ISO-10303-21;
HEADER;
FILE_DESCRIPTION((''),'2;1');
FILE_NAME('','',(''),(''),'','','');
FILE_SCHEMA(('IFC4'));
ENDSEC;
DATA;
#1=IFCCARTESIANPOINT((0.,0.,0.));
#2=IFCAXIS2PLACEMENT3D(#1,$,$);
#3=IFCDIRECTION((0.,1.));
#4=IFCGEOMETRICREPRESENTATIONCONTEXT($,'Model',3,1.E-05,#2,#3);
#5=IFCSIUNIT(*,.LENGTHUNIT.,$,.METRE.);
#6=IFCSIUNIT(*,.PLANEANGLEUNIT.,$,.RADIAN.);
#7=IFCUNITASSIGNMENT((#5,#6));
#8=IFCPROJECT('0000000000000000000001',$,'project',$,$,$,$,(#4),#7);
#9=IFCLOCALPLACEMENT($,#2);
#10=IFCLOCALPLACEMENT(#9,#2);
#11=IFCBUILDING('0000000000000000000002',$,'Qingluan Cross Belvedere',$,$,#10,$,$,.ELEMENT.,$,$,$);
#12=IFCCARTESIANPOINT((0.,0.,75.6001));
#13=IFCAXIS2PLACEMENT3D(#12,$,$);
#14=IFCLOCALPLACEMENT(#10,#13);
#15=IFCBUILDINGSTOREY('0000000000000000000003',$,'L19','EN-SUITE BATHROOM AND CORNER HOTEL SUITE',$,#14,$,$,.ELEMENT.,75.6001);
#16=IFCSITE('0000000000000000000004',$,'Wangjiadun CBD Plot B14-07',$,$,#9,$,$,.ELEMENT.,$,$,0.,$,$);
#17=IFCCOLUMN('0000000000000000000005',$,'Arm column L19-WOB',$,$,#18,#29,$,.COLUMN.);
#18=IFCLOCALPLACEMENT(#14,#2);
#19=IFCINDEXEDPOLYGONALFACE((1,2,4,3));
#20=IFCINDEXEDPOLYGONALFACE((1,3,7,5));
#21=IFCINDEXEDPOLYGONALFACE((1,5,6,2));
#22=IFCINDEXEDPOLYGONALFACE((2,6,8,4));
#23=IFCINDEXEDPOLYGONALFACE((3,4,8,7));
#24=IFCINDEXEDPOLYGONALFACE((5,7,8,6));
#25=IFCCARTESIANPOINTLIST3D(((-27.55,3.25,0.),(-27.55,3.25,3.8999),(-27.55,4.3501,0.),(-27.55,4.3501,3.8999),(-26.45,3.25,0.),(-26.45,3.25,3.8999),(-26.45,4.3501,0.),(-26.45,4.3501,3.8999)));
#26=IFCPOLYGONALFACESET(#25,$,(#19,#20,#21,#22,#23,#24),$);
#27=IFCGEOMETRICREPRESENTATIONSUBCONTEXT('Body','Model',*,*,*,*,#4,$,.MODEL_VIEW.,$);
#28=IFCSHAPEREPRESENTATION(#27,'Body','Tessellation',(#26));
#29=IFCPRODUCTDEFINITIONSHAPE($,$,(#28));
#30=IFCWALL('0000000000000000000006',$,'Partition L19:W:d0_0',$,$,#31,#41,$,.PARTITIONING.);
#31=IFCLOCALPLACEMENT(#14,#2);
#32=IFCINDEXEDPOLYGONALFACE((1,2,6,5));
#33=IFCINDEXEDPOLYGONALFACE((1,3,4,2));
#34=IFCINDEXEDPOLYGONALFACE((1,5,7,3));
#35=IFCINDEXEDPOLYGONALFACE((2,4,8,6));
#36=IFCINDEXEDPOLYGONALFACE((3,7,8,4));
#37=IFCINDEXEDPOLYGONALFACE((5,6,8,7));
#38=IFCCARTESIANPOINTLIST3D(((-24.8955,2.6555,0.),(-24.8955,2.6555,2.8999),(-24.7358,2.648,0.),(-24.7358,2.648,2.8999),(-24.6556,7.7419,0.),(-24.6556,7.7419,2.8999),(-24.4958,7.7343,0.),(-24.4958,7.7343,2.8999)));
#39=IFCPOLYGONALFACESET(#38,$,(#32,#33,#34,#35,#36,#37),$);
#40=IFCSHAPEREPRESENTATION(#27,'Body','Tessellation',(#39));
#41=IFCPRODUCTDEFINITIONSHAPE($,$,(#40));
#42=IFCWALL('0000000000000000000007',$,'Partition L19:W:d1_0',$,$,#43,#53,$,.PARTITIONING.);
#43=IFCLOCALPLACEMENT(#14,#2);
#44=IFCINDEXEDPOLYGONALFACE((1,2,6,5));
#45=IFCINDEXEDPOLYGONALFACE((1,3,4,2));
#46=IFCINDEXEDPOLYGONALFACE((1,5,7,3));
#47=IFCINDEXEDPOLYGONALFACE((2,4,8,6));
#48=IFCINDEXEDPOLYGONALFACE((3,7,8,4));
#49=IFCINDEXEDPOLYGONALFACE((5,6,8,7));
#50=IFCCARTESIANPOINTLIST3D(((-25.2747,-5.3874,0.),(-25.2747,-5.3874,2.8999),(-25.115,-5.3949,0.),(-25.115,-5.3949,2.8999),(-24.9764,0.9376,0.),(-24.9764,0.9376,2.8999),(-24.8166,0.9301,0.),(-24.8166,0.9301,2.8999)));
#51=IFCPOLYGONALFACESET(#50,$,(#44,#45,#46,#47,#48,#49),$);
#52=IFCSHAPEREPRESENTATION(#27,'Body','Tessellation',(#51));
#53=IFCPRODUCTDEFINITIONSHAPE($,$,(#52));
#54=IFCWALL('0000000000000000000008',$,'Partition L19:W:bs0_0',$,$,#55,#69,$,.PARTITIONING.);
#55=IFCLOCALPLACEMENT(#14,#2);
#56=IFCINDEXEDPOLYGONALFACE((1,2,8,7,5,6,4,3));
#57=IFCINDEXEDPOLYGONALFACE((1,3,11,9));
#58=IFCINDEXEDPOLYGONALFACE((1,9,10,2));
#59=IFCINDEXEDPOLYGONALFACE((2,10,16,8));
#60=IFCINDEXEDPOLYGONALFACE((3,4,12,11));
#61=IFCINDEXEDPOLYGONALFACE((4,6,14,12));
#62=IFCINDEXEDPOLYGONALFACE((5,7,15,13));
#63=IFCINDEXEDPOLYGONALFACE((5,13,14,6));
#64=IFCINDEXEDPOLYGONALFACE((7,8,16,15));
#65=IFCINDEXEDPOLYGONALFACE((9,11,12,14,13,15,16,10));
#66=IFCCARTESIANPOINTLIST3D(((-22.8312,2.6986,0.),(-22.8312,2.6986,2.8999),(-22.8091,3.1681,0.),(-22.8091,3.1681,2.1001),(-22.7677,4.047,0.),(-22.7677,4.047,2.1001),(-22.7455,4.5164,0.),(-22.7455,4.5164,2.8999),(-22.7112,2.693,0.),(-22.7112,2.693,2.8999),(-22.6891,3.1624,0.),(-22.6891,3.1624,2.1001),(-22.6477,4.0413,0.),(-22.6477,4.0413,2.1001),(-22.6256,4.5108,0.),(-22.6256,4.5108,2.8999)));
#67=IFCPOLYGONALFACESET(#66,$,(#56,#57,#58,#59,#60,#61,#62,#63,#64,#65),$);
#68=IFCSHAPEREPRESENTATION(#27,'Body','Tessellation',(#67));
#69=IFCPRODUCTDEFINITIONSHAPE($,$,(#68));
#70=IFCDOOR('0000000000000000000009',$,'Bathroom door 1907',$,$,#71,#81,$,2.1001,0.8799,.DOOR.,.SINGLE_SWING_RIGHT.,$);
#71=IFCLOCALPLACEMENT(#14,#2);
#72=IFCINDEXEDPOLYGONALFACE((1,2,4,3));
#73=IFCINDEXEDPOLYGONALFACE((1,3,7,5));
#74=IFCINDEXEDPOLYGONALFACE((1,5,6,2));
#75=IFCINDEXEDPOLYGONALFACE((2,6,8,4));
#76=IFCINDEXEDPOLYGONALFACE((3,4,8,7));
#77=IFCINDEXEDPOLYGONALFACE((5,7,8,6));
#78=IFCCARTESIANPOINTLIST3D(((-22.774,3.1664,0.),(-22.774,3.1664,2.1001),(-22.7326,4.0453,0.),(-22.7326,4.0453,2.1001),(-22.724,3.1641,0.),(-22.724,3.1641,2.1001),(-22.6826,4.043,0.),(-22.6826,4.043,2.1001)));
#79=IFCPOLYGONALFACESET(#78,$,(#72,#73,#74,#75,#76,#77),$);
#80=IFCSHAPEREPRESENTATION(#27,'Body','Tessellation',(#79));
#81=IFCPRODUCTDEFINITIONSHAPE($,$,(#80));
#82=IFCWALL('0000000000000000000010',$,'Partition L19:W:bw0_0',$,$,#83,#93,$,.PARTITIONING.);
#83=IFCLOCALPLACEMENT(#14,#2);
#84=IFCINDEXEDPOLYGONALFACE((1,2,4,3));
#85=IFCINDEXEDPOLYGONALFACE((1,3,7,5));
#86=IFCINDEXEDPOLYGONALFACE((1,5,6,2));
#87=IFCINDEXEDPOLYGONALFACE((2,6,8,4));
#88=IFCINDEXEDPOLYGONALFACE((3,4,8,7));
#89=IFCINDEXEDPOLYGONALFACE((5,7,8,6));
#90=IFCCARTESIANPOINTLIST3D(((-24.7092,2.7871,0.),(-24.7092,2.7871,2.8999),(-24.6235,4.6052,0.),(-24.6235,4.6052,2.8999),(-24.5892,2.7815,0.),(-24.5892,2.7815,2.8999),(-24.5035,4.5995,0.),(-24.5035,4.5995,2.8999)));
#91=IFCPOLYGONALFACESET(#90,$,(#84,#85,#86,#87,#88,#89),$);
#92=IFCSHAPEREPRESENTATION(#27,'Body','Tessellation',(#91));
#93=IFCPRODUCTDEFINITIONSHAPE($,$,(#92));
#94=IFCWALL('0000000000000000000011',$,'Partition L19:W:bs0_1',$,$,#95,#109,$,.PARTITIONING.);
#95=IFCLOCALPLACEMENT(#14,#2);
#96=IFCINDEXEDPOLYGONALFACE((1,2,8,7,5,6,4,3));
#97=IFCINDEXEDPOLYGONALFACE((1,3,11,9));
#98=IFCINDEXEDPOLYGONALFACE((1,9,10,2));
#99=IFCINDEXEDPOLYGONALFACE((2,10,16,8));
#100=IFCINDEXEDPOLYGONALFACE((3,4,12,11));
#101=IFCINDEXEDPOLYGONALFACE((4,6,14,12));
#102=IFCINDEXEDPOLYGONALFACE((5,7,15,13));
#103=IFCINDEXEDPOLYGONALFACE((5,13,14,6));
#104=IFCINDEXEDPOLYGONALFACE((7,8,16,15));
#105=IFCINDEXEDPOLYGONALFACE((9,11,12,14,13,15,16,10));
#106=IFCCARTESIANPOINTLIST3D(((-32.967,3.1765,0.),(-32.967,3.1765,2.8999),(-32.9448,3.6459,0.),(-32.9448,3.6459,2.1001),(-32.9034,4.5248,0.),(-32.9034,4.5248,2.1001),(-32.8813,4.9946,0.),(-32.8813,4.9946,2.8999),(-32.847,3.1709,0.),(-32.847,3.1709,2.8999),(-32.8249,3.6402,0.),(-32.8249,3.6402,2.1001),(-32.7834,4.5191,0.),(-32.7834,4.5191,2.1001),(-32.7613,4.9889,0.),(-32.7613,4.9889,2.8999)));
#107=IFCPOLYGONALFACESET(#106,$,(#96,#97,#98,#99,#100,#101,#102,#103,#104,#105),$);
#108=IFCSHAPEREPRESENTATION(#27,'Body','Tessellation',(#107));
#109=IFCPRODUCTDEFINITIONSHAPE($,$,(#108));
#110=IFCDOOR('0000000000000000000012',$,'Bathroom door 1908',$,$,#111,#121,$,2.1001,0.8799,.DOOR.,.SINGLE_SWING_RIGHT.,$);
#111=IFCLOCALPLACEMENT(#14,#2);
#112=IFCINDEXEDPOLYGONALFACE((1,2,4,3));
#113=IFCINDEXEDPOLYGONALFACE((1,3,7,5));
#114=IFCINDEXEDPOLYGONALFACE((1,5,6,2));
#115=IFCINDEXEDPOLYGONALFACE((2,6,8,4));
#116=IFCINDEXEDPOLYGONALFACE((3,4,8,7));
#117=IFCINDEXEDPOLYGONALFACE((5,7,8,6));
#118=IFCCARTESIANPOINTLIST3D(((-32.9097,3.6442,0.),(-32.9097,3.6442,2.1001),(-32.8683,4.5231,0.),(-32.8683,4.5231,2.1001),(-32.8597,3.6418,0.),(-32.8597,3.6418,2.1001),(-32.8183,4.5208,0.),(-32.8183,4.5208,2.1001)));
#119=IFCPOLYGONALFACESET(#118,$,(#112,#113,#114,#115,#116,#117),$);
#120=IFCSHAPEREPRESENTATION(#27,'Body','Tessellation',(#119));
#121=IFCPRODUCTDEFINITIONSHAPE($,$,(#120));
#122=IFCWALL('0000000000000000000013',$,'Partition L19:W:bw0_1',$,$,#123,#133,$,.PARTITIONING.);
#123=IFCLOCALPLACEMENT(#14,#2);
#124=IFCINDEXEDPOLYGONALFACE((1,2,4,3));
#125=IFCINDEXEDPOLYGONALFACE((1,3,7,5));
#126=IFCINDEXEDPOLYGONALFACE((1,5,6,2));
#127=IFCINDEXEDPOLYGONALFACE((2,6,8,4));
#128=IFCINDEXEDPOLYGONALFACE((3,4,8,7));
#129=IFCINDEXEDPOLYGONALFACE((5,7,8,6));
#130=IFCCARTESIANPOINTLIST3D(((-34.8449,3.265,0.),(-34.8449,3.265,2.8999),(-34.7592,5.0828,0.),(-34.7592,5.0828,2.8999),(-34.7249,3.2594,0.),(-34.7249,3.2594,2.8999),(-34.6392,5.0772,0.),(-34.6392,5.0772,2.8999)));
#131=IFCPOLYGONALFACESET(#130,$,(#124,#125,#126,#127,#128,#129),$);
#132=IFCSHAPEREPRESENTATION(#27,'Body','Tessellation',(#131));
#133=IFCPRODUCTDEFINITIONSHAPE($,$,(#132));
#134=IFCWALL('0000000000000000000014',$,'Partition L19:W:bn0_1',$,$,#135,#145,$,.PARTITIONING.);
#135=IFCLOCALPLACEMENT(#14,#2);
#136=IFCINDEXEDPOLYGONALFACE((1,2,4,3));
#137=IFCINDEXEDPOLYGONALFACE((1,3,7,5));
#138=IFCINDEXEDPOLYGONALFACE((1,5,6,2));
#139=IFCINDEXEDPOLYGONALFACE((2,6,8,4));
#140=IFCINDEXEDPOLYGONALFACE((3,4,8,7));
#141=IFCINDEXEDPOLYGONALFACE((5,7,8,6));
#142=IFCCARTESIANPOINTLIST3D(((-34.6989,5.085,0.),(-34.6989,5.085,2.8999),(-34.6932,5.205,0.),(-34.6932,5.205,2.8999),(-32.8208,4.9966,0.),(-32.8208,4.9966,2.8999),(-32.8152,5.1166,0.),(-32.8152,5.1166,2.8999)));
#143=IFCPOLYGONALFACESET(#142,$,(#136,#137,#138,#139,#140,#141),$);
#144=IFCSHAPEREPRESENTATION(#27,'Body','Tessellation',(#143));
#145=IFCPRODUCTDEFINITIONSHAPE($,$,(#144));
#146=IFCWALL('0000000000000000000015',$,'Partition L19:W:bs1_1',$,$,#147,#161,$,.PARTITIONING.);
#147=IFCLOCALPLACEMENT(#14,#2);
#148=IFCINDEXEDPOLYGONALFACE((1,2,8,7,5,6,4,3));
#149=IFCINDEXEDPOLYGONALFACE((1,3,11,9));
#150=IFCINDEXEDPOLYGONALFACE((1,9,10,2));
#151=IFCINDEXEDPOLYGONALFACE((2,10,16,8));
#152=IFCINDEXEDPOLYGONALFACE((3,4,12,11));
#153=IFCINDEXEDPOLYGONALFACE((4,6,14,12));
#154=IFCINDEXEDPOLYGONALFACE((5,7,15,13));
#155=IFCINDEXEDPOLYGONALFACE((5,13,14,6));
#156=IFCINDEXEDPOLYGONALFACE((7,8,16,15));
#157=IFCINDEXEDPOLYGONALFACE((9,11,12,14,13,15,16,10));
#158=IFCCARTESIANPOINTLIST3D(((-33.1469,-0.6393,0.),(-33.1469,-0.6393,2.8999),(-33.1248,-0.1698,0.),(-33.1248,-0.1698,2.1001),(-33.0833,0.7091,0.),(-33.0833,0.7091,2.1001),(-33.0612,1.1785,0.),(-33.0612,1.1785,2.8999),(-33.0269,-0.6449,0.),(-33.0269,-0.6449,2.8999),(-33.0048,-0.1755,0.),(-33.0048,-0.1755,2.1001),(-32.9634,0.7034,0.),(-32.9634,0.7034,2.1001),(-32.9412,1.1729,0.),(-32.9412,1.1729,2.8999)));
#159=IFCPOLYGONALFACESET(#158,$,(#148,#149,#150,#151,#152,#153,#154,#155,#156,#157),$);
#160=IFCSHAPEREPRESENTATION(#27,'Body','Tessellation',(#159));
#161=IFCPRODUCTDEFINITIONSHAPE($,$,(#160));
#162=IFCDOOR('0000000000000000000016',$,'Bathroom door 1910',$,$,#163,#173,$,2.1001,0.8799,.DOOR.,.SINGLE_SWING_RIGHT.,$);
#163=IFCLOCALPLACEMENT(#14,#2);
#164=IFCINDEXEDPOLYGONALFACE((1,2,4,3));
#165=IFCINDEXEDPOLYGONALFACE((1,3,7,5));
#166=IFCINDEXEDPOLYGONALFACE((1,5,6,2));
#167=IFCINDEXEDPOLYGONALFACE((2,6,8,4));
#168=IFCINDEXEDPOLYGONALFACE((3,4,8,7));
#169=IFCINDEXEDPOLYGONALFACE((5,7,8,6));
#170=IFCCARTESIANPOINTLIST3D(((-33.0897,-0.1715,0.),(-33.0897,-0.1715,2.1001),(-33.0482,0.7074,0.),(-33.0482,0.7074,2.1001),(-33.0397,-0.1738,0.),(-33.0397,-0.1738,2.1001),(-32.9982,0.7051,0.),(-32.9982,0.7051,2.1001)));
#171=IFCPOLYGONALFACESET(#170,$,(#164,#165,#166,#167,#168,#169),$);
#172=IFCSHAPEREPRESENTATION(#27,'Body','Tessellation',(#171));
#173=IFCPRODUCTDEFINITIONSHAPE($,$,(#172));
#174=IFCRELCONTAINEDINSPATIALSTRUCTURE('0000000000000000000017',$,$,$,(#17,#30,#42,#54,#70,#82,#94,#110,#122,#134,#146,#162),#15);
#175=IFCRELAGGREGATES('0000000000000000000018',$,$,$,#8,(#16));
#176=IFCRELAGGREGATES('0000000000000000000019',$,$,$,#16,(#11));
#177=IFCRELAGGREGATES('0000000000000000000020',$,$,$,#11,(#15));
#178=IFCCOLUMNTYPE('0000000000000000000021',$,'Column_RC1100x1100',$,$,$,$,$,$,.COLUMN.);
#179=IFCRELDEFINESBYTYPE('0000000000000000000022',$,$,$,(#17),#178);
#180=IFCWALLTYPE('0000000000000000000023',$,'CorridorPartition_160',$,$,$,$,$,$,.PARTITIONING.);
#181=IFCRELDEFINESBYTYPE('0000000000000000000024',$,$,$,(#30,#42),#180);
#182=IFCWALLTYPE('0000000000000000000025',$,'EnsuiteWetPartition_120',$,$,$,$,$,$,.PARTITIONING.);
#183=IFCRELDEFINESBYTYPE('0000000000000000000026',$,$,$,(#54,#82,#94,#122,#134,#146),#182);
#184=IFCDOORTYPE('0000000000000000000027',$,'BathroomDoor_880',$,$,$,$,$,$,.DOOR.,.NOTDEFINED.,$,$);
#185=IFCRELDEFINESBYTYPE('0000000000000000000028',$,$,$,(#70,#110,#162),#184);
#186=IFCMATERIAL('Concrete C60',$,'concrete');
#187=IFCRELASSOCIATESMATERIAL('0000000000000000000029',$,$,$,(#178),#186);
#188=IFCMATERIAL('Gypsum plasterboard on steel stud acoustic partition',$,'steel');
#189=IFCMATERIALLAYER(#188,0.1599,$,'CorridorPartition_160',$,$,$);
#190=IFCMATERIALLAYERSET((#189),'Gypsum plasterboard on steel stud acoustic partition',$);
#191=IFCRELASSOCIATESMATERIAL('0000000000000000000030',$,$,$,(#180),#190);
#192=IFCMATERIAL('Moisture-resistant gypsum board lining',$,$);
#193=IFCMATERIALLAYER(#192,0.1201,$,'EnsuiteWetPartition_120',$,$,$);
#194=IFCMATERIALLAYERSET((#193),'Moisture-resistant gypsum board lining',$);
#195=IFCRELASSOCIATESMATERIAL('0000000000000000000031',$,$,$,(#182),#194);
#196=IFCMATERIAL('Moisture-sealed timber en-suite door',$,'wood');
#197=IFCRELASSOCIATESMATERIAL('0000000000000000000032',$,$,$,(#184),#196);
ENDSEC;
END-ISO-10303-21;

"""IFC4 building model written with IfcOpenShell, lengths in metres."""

from ifc_helpers import new_model, si_unit, direction, frame, frame_2d, origin, origin_2d, place, context, subcontext, project, spatial, rectangle, extrude, material, layer, layer_set, material_profile, profile_set, type_object, element, fill, save


model = new_model("IFC4")

# Units and contexts
model_context = context("Model", 3, precision=1e-05, world=origin(), true_north=direction((0.0, 1.0)))
body_context = subcontext(model_context, "Body", "Model", "MODEL_VIEW")
ifc_project = project(units=[si_unit("LENGTHUNIT", "METRE"), si_unit("PLANEANGLEUNIT", "RADIAN")], contexts=[model_context])

# Site, building, storey
site_placement = place(None, origin())
site = spatial("IfcSite", under=ifc_project, at=site_placement, Name="Wangjiadun CBD Plot B14-07", CompositionType="ELEMENT", RefElevation=0.0)
building_placement = place(site_placement, origin())
building = spatial("IfcBuilding", under=site, at=building_placement, Name="Qingluan Cross Belvedere", CompositionType="ELEMENT")
storey_placement = place(building_placement, frame((0.0, 0.0, 75.6001)))
storey = spatial("IfcBuildingStorey", under=building, at=storey_placement, Name="L19", Description="EN-SUITE BATHROOM AND CORNER HOTEL SUITE", CompositionType="ELEMENT", Elevation=75.6001)

# Column
ifc_material_1 = material(Name="Concrete C60", Category="concrete")
ifc_material_profile = material_profile(ifc_material_1, rectangle(XDim=1.1001, YDim=1.1001, at=origin_2d()), Name="RC1100x1100")
ifc_profile_set = profile_set([ifc_material_profile], Name="Concrete C60")
column_type = type_object("IfcColumnType", Name="Column_RC1100x1100", PredefinedType="COLUMN", material=ifc_profile_set)
column_placement = place(storey_placement, frame((-27.0, 3.8, 0.0), z_axis=(0.0, 0.0, 1.0), x_axis=(1.0, 0.0, 0.0)))
element("IfcColumn", 1, at=column_placement, inside=storey, type_object=column_type, Name="Arm column L19-WOB", PredefinedType="COLUMN", context=body_context, shape_type="SweptSolid", body=[
    extrude(rectangle(XDim=1.1001, YDim=1.1001, at=origin_2d()), origin(), (0.0, 0.0, 1.0), 3.8999),
])

# Walls
ifc_material_2 = material(Name="Gypsum plasterboard on steel stud acoustic partition", Category="steel")
ifc_layer_1 = layer(ifc_material_2, 0.1599, Name="CorridorPartition_160")
ifc_layer_set_1 = layer_set([ifc_layer_1], Name="Gypsum plasterboard on steel stud acoustic partition")
wall_type_1 = type_object("IfcWallType", Name="CorridorPartition_160", PredefinedType="PARTITIONING", material=ifc_layer_set_1)
wall_1_placement = place(storey_placement, frame((-24.8157, 2.6519, 0.0), z_axis=(0.0, 0.0, 1.0), x_axis=(0.04713, 0.998889, 0.0)))
element("IfcWall", 2, at=wall_1_placement, inside=storey, type_object=wall_type_1, Name="Partition L19:W:d0_0", PredefinedType="PARTITIONING", context=body_context, shape_type="SweptSolid", body=[
    extrude(rectangle(XDim=5.092, YDim=0.1599, at=frame_2d((2.5459, 0.0))), origin(), (0.0, 0.0, 1.0), 2.8999),
])
wall_2_placement = place(storey_placement, frame((-24.8965, 0.9338, 0.0), z_axis=(0.0, 0.0, 1.0), x_axis=(-0.047116, -0.998889, 0.0)))
element("IfcWall", 3, at=wall_2_placement, inside=storey, type_object=wall_type_1, Name="Partition L19:W:d1_0", PredefinedType="PARTITIONING", context=body_context, shape_type="SweptSolid", body=[
    extrude(rectangle(XDim=6.332, YDim=0.1599, at=frame_2d((3.166, 0.0))), origin(), (0.0, 0.0, 1.0), 2.8999),
])

# Wall, opening, door
ifc_material_3 = material(Name="Moisture-resistant gypsum board lining")
ifc_layer_2 = layer(ifc_material_3, 0.1201, Name="EnsuiteWetPartition_120")
ifc_layer_set_2 = layer_set([ifc_layer_2], Name="Moisture-resistant gypsum board lining")
wall_type_2 = type_object("IfcWallType", Name="EnsuiteWetPartition_120", PredefinedType="PARTITIONING", material=ifc_layer_set_2)
wall_3_placement = place(storey_placement, frame((-22.7712, 2.6958, 0.0), z_axis=(0.0, 0.0, 1.0), x_axis=(0.047087, 0.998891, 0.0)))
wall_3 = element("IfcWall", 4, at=wall_3_placement, inside=storey, type_object=wall_type_2, Name="Partition L19:W:bs0_0", PredefinedType="PARTITIONING", context=body_context, shape_type="SweptSolid", body=[
    extrude(rectangle(XDim=1.8198, YDim=0.1201, at=frame_2d((0.9099, 0.0))), origin(), (0.0, 0.0, 1.0), 2.8999),
])
opening_1_placement = place(wall_3_placement, frame((0.47, 0.0, 0.0)))
opening_1 = element("IfcOpeningElement", 5, at=opening_1_placement, cuts=wall_3, PredefinedType="OPENING", context=body_context, shape_type="SweptSolid", body=[
    extrude(rectangle(XDim=0.8799, YDim=2.1001, at=frame_2d((0.4399, 1.05))), frame((0.0, 0.0701, 0.0), z_axis=(0.0, -1.0, 0.0), x_axis=(1.0, 0.0, 0.0)), (0.0, 0.0, 1.0), 0.1401),
])
ifc_material_4 = material(Name="Moisture-sealed timber en-suite door", Category="wood")
door_type = type_object("IfcDoorType", Name="BathroomDoor_880", OperationType="NOTDEFINED", PredefinedType="DOOR", material=ifc_material_4)
door_1_placement = place(opening_1_placement, origin())
door_1 = element("IfcDoor", 6, at=door_1_placement, inside=storey, type_object=door_type, Name="Bathroom door 1907", OperationType="SINGLE_SWING_RIGHT", OverallHeight=2.1001, OverallWidth=0.8799, PredefinedType="DOOR", context=body_context, shape_type="SweptSolid", body=[
    extrude(rectangle(XDim=0.8799, YDim=2.1001, at=frame_2d((0.4399, 1.05))), frame((0.0, 0.0249, 0.0), z_axis=(0.0, -1.0, 0.0), x_axis=(1.0, 0.0, 0.0)), (0.0, 0.0, 1.0), 0.05),
])
fill(opening_1, door_1)

# Wall
wall_4_placement = place(storey_placement, frame((-24.6492, 2.7842, 0.0), z_axis=(0.0, 0.0, 1.0), x_axis=(0.047081, 0.998891, 0.0)))
element("IfcWall", 7, at=wall_4_placement, inside=storey, type_object=wall_type_2, Name="Partition L19:W:bw0_0", PredefinedType="PARTITIONING", context=body_context, shape_type="SweptSolid", body=[
    extrude(rectangle(XDim=1.8201, YDim=0.1201, at=frame_2d((0.9102, 0.0))), origin(), (0.0, 0.0, 1.0), 2.8999),
])

# Wall, opening, door
wall_5_placement = place(storey_placement, frame((-32.907, 3.1736, 0.0), z_axis=(0.0, 0.0, 1.0), x_axis=(0.047081, 0.998891, 0.0)))
wall_5 = element("IfcWall", 8, at=wall_5_placement, inside=storey, type_object=wall_type_2, Name="Partition L19:W:bs0_1", PredefinedType="PARTITIONING", context=body_context, shape_type="SweptSolid", body=[
    extrude(rectangle(XDim=1.8201, YDim=0.1201, at=frame_2d((0.9102, 0.0))), origin(), (0.0, 0.0, 1.0), 2.8999),
])
opening_2_placement = place(wall_5_placement, frame((0.47, 0.0, 0.0)))
opening_2 = element("IfcOpeningElement", 9, at=opening_2_placement, cuts=wall_5, PredefinedType="OPENING", context=body_context, shape_type="SweptSolid", body=[
    extrude(rectangle(XDim=0.8799, YDim=2.1001, at=frame_2d((0.4399, 1.05))), frame((0.0, 0.0701, 0.0), z_axis=(0.0, -1.0, 0.0), x_axis=(1.0, 0.0, 0.0)), (0.0, 0.0, 1.0), 0.1401),
])
door_2_placement = place(opening_2_placement, origin())
door_2 = element("IfcDoor", 10, at=door_2_placement, inside=storey, type_object=door_type, Name="Bathroom door 1908", OperationType="SINGLE_SWING_RIGHT", OverallHeight=2.1001, OverallWidth=0.8799, PredefinedType="DOOR", context=body_context, shape_type="SweptSolid", body=[
    extrude(rectangle(XDim=0.8799, YDim=2.1001, at=frame_2d((0.4399, 1.05))), frame((0.0, 0.0249, 0.0), z_axis=(0.0, -1.0, 0.0), x_axis=(1.0, 0.0, 0.0)), (0.0, 0.0, 1.0), 0.05),
])
fill(opening_2, door_2)

# Walls
wall_6_placement = place(storey_placement, frame((-34.7849, 3.2622, 0.0), z_axis=(0.0, 0.0, 1.0), x_axis=(0.047087, 0.998891, 0.0)))
element("IfcWall", 11, at=wall_6_placement, inside=storey, type_object=wall_type_2, Name="Partition L19:W:bw0_1", PredefinedType="PARTITIONING", context=body_context, shape_type="SweptSolid", body=[
    extrude(rectangle(XDim=1.8198, YDim=0.1201, at=frame_2d((0.9099, 0.0))), origin(), (0.0, 0.0, 1.0), 2.8999),
])
wall_7_placement = place(storey_placement, frame((-32.8181, 5.0566, 0.0), z_axis=(0.0, 0.0, 1.0), x_axis=(-0.998894, 0.04701, 0.0)))
element("IfcWall", 12, at=wall_7_placement, inside=storey, type_object=wall_type_2, Name="Partition L19:W:bn0_1", PredefinedType="PARTITIONING", context=body_context, shape_type="SweptSolid", body=[
    extrude(rectangle(XDim=1.8801, YDim=0.1201, at=frame_2d((0.9399, 0.0))), origin(), (0.0, 0.0, 1.0), 2.8999),
])

# Wall, opening, door
wall_8_placement = place(storey_placement, frame((-33.0869, -0.6421, 0.0), z_axis=(0.0, 0.0, 1.0), x_axis=(0.047087, 0.998891, 0.0)))
wall_8 = element("IfcWall", 13, at=wall_8_placement, inside=storey, type_object=wall_type_2, Name="Partition L19:W:bs1_1", PredefinedType="PARTITIONING", context=body_context, shape_type="SweptSolid", body=[
    extrude(rectangle(XDim=1.8198, YDim=0.1201, at=frame_2d((0.9099, 0.0))), origin(), (0.0, 0.0, 1.0), 2.8999),
])
opening_3_placement = place(wall_8_placement, frame((0.47, 0.0, 0.0)))
opening_3 = element("IfcOpeningElement", 14, at=opening_3_placement, cuts=wall_8, PredefinedType="OPENING", context=body_context, shape_type="SweptSolid", body=[
    extrude(rectangle(XDim=0.8799, YDim=2.1001, at=frame_2d((0.4399, 1.05))), frame((0.0, 0.0701, 0.0), z_axis=(0.0, -1.0, 0.0), x_axis=(1.0, 0.0, 0.0)), (0.0, 0.0, 1.0), 0.1401),
])
door_3_placement = place(opening_3_placement, origin())
door_3 = element("IfcDoor", 15, at=door_3_placement, inside=storey, type_object=door_type, Name="Bathroom door 1910", OperationType="SINGLE_SWING_RIGHT", OverallHeight=2.1001, OverallWidth=0.8799, PredefinedType="DOOR", context=body_context, shape_type="SweptSolid", body=[
    extrude(rectangle(XDim=0.8799, YDim=2.1001, at=frame_2d((0.4399, 1.05))), frame((0.0, 0.0249, 0.0), z_axis=(0.0, -1.0, 0.0), x_axis=(1.0, 0.0, 0.0)), (0.0, 0.0, 1.0), 0.05),
])
fill(opening_3, door_3)

save(model, "model.ifc")
